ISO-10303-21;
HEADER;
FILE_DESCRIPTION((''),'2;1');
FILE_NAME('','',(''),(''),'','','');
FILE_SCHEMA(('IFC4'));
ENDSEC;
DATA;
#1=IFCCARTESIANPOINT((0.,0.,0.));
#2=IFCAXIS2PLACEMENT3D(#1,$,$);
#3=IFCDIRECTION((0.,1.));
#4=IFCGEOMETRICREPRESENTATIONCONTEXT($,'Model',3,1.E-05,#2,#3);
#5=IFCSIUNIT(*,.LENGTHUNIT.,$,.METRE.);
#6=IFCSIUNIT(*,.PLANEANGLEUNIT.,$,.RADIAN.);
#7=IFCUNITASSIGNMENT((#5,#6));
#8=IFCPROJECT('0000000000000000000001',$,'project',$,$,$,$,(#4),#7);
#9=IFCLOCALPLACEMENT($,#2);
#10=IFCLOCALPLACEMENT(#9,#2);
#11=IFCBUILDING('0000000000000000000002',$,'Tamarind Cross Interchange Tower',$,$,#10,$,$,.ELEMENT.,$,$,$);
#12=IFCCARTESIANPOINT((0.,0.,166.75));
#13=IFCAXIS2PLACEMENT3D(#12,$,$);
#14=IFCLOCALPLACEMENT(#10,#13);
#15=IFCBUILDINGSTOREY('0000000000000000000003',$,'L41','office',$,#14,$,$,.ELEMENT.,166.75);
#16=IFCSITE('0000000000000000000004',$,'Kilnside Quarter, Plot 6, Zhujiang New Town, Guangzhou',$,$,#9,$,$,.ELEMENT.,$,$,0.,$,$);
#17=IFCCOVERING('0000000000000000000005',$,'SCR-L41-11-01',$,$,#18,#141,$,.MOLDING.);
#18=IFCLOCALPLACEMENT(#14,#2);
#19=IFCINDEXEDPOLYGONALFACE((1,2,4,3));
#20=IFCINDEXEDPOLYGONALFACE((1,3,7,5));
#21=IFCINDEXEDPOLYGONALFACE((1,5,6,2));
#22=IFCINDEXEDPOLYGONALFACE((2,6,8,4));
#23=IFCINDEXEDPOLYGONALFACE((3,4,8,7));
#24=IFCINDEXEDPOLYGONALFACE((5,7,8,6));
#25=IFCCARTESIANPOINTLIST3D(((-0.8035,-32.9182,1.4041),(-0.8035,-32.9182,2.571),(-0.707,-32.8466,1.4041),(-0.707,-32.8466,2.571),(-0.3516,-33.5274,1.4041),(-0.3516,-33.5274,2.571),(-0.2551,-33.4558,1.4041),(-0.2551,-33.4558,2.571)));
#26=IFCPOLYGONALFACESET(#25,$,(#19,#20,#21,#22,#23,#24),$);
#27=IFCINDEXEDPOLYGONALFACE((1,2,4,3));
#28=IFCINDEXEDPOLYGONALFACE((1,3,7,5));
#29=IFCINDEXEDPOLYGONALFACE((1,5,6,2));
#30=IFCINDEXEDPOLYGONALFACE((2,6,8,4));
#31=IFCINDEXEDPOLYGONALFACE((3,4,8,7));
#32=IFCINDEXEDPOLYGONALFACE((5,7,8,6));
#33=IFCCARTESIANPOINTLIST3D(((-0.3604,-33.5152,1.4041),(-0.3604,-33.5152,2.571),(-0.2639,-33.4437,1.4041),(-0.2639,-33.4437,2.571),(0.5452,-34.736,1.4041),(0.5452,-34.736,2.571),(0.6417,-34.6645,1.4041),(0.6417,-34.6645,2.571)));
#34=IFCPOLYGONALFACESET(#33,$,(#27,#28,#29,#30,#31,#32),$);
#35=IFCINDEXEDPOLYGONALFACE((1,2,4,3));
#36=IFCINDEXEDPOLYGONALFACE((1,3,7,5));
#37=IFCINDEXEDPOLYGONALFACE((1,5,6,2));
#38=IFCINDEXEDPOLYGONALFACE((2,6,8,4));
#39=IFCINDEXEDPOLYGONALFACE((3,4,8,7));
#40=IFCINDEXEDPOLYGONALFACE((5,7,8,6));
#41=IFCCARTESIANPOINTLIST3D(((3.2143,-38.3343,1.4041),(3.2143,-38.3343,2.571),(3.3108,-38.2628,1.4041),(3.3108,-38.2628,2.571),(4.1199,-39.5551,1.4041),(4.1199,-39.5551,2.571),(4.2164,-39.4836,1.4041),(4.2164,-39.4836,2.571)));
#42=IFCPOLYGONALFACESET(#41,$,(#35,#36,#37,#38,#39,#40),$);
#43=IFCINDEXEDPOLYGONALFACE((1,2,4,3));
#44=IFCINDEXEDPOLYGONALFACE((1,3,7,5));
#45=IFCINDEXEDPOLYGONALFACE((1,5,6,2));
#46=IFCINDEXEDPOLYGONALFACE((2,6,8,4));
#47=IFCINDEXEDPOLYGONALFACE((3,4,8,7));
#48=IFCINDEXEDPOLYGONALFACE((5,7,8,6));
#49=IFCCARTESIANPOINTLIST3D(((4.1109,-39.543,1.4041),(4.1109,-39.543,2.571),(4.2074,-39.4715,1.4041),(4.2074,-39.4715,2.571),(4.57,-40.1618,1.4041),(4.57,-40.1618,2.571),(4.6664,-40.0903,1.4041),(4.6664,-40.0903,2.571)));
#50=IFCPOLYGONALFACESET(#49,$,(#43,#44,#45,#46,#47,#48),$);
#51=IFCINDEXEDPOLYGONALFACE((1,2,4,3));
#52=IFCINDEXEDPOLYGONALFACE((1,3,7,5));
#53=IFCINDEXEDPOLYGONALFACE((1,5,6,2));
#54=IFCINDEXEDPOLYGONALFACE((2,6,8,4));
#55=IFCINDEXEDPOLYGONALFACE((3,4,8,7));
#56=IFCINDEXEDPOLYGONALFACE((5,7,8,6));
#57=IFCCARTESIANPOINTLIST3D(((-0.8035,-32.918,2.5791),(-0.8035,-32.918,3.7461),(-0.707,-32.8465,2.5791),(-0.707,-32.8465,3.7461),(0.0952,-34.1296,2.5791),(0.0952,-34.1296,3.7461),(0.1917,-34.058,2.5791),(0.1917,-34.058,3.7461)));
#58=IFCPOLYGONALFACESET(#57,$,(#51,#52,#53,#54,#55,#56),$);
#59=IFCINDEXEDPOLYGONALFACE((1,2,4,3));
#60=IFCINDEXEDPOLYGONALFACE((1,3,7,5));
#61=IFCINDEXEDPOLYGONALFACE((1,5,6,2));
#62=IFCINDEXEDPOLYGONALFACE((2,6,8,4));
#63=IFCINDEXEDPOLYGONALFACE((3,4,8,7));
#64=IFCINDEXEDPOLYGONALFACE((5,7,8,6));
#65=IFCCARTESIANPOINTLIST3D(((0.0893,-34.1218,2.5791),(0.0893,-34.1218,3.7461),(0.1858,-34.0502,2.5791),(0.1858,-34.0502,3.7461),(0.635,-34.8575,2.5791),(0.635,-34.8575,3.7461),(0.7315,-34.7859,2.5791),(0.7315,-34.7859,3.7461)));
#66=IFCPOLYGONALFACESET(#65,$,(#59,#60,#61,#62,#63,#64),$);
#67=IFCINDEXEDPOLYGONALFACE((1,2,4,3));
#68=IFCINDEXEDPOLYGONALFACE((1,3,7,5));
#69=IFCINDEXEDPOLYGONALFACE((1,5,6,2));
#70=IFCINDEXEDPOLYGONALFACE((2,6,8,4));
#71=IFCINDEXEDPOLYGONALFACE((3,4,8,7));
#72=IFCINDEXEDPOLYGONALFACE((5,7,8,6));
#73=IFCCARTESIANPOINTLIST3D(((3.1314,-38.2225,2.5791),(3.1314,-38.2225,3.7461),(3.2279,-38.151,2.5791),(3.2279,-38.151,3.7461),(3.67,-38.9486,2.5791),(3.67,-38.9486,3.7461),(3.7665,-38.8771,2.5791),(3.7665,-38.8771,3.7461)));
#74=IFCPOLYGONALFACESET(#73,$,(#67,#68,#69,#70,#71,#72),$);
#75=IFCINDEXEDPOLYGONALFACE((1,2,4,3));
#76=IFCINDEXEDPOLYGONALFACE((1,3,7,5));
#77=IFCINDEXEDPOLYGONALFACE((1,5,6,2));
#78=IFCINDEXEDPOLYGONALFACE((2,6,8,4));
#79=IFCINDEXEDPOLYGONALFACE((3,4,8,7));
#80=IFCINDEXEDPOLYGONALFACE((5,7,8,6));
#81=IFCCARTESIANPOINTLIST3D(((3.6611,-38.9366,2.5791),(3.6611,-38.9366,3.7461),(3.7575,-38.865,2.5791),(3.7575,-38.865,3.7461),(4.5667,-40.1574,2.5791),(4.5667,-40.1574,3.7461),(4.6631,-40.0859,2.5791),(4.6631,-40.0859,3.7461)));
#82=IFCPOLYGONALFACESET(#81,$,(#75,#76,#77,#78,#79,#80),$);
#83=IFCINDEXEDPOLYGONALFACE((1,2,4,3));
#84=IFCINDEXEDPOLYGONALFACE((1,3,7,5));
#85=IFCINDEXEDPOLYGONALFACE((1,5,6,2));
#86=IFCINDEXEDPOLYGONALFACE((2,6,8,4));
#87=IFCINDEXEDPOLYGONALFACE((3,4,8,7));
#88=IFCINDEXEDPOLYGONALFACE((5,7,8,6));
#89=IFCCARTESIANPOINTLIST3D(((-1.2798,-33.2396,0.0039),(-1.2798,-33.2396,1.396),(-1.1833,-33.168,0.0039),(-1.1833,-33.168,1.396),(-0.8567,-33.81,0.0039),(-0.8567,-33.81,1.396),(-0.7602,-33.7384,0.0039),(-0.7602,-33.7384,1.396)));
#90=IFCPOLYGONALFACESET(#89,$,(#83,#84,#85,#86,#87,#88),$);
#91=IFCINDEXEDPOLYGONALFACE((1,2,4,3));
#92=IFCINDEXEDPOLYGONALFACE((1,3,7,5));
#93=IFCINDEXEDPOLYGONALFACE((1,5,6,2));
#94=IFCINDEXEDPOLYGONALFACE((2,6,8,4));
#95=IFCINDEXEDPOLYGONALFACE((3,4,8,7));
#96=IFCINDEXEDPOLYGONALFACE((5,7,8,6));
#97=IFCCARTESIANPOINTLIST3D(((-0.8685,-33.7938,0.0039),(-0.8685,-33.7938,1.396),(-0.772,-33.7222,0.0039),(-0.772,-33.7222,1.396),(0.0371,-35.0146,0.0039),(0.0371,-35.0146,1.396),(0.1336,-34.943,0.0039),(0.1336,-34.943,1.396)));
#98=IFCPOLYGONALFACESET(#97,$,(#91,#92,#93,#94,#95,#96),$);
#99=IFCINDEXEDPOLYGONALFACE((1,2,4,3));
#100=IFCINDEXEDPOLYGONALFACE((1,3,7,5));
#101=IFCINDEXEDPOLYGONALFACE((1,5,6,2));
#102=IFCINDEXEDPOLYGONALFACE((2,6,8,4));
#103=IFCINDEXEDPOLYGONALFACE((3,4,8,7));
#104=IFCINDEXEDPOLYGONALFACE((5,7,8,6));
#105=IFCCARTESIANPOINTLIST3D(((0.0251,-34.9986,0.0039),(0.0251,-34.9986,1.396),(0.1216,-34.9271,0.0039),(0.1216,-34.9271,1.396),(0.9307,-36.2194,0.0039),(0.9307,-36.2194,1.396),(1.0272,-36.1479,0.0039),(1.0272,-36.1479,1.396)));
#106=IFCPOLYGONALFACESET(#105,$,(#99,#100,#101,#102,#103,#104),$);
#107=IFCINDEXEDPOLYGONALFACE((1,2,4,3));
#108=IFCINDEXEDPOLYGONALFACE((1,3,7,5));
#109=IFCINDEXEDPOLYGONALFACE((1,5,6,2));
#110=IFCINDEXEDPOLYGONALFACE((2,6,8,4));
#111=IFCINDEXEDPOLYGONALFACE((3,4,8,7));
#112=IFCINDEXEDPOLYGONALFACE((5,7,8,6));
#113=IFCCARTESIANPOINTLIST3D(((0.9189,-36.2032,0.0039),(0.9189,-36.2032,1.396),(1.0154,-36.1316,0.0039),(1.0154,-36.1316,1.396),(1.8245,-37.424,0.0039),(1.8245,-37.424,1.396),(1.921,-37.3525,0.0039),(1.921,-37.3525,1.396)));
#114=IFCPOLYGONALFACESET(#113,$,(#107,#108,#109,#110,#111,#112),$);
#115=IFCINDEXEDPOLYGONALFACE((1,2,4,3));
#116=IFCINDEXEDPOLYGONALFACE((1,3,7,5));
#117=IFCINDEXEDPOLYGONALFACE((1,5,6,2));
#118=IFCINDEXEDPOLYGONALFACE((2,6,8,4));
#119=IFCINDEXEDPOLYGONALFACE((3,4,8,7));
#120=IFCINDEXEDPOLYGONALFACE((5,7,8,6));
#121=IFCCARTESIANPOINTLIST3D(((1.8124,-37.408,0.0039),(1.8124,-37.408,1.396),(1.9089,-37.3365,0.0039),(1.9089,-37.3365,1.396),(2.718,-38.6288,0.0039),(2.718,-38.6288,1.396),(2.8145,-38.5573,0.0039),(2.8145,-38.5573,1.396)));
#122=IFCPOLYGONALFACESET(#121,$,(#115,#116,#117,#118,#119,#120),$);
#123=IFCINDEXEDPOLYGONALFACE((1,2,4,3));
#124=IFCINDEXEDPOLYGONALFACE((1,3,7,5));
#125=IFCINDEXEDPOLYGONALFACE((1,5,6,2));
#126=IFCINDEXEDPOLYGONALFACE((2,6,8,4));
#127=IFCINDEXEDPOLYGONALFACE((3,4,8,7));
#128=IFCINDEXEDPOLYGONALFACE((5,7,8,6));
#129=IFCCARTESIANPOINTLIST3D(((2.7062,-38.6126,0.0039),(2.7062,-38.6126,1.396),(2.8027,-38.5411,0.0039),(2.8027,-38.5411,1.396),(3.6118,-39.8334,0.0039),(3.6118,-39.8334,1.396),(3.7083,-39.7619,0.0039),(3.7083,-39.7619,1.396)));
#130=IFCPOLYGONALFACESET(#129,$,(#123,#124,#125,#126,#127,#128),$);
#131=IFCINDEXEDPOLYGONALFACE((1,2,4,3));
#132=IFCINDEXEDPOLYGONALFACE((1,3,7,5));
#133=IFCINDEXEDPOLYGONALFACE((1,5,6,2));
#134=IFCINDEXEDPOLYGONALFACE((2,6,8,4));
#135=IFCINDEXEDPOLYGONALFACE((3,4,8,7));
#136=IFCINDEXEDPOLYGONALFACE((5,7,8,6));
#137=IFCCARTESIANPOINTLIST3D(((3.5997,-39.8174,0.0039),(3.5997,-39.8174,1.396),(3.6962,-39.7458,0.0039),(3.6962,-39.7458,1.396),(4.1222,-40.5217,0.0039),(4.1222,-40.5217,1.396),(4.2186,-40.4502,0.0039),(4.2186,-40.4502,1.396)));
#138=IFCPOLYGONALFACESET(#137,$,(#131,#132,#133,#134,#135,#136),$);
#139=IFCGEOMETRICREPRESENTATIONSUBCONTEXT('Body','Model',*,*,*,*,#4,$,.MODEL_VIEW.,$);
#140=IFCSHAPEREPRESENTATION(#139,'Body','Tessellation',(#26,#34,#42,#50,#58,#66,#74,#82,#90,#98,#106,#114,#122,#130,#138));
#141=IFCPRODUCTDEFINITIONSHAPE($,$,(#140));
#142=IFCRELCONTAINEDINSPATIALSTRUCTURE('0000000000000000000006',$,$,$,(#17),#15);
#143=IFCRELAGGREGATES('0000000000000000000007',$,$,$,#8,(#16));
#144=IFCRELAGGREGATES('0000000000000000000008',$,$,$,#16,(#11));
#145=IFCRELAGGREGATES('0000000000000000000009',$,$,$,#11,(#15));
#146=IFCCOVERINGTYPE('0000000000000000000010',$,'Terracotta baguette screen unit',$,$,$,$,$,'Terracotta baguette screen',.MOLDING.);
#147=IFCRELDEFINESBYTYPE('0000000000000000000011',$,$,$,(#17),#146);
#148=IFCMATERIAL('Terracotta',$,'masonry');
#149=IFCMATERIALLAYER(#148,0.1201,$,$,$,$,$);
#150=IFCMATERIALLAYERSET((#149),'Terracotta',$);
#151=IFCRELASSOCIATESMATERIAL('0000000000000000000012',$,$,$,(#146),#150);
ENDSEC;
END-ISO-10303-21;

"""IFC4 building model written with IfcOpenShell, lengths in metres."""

from ifc_helpers import new_model, si_unit, direction, frame, origin, origin_2d, place, context, subcontext, project, spatial, rectangle, extrude, material, layer, layer_set, type_object, element, save


model = new_model("IFC4")

# Units and contexts
model_context = context("Model", 3, precision=1e-05, world=origin(), true_north=direction((0.0, 1.0)))
body_context = subcontext(model_context, "Body", "Model", "MODEL_VIEW")
ifc_project = project(units=[si_unit("LENGTHUNIT", "METRE"), si_unit("PLANEANGLEUNIT", "RADIAN")], contexts=[model_context])

# Site, building, storey
site_placement = place(None, origin())
site = spatial("IfcSite", under=ifc_project, at=site_placement, Name="Kilnside Quarter, Plot 6, Zhujiang New Town, Guangzhou", CompositionType="ELEMENT", RefElevation=0.0)
building_placement = place(site_placement, origin())
building = spatial("IfcBuilding", under=site, at=building_placement, Name="Tamarind Cross Interchange Tower", CompositionType="ELEMENT")
storey_placement = place(building_placement, frame((0.0, 0.0, 166.75)))
storey = spatial("IfcBuildingStorey", under=building, at=storey_placement, Name="L41", Description="office", CompositionType="ELEMENT", Elevation=166.75)

# Covering
ifc_material_1 = material(Name="Terracotta", Category="masonry")
ifc_layer_1 = layer(ifc_material_1, 0.1201)
ifc_layer_set_1 = layer_set([ifc_layer_1], Name="Terracotta")
covering_type = type_object("IfcCoveringType", Name="Terracotta baguette screen unit", ElementType="Terracotta baguette screen", PredefinedType="MOLDING", material=ifc_layer_set_1)
covering_1_placement = place(storey_placement, origin())
element("IfcCovering", 1, at=covering_1_placement, inside=storey, type_object=covering_type, Name="SCR-L41-11-01", PredefinedType="MOLDING", context=body_context, shape_type="SweptSolid", body=[
    extrude(rectangle(XDim=0.7585, YDim=0.1201, at=origin_2d()), frame((-0.5293, -33.187, 1.4041), z_axis=(0.0, 0.0, 1.0), x_axis=(0.595776, -0.80315, 0.0)), (0.0, 0.0, 1.0), 1.167),
    extrude(rectangle(XDim=1.52, YDim=0.1201, at=origin_2d()), frame((0.1406, -34.0898, 1.4041), z_axis=(0.0, 0.0, 1.0), x_axis=(0.595776, -0.80315, 0.0)), (0.0, 0.0, 1.0), 1.167),
    extrude(rectangle(XDim=1.52, YDim=0.1201, at=origin_2d()), frame((3.7153, -38.9089, 1.4041), z_axis=(0.0, 0.0, 1.0), x_axis=(0.595776, -0.80315, 0.0)), (0.0, 0.0, 1.0), 1.167),
    extrude(rectangle(XDim=0.7705, YDim=0.1201, at=origin_2d()), frame((4.3887, -39.8167, 1.4041), z_axis=(0.0, 0.0, 1.0), x_axis=(0.595776, -0.80315, 0.0)), (0.0, 0.0, 1.0), 1.167),
    extrude(rectangle(XDim=1.5085, YDim=0.1201, at=origin_2d()), frame((-0.3059, -33.488, 2.5791), z_axis=(0.0, 0.0, 1.0), x_axis=(0.595776, -0.80315, 0.0)), (0.0, 0.0, 1.0), 1.167),
    extrude(rectangle(XDim=0.916, YDim=0.1201, at=origin_2d()), frame((0.4104, -34.4539, 2.5791), z_axis=(0.0, 0.0, 1.0), x_axis=(0.595776, -0.80315, 0.0)), (0.0, 0.0, 1.0), 1.167),
    extrude(rectangle(XDim=0.9041, YDim=0.1201, at=origin_2d()), frame((3.449, -38.5498, 2.5791), z_axis=(0.0, 0.0, 1.0), x_axis=(0.595776, -0.80315, 0.0)), (0.0, 0.0, 1.0), 1.167),
    extrude(rectangle(XDim=1.52, YDim=0.1201, at=origin_2d()), frame((4.1621, -39.5112, 2.5791), z_axis=(0.0, 0.0, 1.0), x_axis=(0.595776, -0.80315, 0.0)), (0.0, 0.0, 1.0), 1.167),
    extrude(rectangle(XDim=0.7102, YDim=0.1201, at=origin_2d()), frame((-1.02, -33.489, 0.0039), z_axis=(0.0, 0.0, 1.0), x_axis=(0.595776, -0.80315, 0.0)), (0.0, 0.0, 1.0), 1.3921),
    extrude(rectangle(XDim=1.52, YDim=0.1201, at=origin_2d()), frame((-0.3674, -34.3684, 0.0039), z_axis=(0.0, 0.0, 1.0), x_axis=(0.595776, -0.80315, 0.0)), (0.0, 0.0, 1.0), 1.3921),
    extrude(rectangle(XDim=1.52, YDim=0.1201, at=origin_2d()), frame((0.5261, -35.5732, 0.0039), z_axis=(0.0, 0.0, 1.0), x_axis=(0.595776, -0.80315, 0.0)), (0.0, 0.0, 1.0), 1.3921),
    extrude(rectangle(XDim=1.52, YDim=0.1201, at=origin_2d()), frame((1.4199, -36.7778, 0.0039), z_axis=(0.0, 0.0, 1.0), x_axis=(0.595776, -0.80315, 0.0)), (0.0, 0.0, 1.0), 1.3921),
    extrude(rectangle(XDim=1.52, YDim=0.1201, at=origin_2d()), frame((2.3135, -37.9827, 0.0039), z_axis=(0.0, 0.0, 1.0), x_axis=(0.595776, -0.80315, 0.0)), (0.0, 0.0, 1.0), 1.3921),
    extrude(rectangle(XDim=1.52, YDim=0.1201, at=origin_2d()), frame((3.2073, -39.1873, 0.0039), z_axis=(0.0, 0.0, 1.0), x_axis=(0.595776, -0.80315, 0.0)), (0.0, 0.0, 1.0), 1.3921),
    extrude(rectangle(XDim=0.877, YDim=0.1201, at=origin_2d()), frame((3.9092, -40.1338, 0.0039), z_axis=(0.0, 0.0, 1.0), x_axis=(0.595776, -0.80315, 0.0)), (0.0, 0.0, 1.0), 1.3921),
])

save(model, "model.ifc")
